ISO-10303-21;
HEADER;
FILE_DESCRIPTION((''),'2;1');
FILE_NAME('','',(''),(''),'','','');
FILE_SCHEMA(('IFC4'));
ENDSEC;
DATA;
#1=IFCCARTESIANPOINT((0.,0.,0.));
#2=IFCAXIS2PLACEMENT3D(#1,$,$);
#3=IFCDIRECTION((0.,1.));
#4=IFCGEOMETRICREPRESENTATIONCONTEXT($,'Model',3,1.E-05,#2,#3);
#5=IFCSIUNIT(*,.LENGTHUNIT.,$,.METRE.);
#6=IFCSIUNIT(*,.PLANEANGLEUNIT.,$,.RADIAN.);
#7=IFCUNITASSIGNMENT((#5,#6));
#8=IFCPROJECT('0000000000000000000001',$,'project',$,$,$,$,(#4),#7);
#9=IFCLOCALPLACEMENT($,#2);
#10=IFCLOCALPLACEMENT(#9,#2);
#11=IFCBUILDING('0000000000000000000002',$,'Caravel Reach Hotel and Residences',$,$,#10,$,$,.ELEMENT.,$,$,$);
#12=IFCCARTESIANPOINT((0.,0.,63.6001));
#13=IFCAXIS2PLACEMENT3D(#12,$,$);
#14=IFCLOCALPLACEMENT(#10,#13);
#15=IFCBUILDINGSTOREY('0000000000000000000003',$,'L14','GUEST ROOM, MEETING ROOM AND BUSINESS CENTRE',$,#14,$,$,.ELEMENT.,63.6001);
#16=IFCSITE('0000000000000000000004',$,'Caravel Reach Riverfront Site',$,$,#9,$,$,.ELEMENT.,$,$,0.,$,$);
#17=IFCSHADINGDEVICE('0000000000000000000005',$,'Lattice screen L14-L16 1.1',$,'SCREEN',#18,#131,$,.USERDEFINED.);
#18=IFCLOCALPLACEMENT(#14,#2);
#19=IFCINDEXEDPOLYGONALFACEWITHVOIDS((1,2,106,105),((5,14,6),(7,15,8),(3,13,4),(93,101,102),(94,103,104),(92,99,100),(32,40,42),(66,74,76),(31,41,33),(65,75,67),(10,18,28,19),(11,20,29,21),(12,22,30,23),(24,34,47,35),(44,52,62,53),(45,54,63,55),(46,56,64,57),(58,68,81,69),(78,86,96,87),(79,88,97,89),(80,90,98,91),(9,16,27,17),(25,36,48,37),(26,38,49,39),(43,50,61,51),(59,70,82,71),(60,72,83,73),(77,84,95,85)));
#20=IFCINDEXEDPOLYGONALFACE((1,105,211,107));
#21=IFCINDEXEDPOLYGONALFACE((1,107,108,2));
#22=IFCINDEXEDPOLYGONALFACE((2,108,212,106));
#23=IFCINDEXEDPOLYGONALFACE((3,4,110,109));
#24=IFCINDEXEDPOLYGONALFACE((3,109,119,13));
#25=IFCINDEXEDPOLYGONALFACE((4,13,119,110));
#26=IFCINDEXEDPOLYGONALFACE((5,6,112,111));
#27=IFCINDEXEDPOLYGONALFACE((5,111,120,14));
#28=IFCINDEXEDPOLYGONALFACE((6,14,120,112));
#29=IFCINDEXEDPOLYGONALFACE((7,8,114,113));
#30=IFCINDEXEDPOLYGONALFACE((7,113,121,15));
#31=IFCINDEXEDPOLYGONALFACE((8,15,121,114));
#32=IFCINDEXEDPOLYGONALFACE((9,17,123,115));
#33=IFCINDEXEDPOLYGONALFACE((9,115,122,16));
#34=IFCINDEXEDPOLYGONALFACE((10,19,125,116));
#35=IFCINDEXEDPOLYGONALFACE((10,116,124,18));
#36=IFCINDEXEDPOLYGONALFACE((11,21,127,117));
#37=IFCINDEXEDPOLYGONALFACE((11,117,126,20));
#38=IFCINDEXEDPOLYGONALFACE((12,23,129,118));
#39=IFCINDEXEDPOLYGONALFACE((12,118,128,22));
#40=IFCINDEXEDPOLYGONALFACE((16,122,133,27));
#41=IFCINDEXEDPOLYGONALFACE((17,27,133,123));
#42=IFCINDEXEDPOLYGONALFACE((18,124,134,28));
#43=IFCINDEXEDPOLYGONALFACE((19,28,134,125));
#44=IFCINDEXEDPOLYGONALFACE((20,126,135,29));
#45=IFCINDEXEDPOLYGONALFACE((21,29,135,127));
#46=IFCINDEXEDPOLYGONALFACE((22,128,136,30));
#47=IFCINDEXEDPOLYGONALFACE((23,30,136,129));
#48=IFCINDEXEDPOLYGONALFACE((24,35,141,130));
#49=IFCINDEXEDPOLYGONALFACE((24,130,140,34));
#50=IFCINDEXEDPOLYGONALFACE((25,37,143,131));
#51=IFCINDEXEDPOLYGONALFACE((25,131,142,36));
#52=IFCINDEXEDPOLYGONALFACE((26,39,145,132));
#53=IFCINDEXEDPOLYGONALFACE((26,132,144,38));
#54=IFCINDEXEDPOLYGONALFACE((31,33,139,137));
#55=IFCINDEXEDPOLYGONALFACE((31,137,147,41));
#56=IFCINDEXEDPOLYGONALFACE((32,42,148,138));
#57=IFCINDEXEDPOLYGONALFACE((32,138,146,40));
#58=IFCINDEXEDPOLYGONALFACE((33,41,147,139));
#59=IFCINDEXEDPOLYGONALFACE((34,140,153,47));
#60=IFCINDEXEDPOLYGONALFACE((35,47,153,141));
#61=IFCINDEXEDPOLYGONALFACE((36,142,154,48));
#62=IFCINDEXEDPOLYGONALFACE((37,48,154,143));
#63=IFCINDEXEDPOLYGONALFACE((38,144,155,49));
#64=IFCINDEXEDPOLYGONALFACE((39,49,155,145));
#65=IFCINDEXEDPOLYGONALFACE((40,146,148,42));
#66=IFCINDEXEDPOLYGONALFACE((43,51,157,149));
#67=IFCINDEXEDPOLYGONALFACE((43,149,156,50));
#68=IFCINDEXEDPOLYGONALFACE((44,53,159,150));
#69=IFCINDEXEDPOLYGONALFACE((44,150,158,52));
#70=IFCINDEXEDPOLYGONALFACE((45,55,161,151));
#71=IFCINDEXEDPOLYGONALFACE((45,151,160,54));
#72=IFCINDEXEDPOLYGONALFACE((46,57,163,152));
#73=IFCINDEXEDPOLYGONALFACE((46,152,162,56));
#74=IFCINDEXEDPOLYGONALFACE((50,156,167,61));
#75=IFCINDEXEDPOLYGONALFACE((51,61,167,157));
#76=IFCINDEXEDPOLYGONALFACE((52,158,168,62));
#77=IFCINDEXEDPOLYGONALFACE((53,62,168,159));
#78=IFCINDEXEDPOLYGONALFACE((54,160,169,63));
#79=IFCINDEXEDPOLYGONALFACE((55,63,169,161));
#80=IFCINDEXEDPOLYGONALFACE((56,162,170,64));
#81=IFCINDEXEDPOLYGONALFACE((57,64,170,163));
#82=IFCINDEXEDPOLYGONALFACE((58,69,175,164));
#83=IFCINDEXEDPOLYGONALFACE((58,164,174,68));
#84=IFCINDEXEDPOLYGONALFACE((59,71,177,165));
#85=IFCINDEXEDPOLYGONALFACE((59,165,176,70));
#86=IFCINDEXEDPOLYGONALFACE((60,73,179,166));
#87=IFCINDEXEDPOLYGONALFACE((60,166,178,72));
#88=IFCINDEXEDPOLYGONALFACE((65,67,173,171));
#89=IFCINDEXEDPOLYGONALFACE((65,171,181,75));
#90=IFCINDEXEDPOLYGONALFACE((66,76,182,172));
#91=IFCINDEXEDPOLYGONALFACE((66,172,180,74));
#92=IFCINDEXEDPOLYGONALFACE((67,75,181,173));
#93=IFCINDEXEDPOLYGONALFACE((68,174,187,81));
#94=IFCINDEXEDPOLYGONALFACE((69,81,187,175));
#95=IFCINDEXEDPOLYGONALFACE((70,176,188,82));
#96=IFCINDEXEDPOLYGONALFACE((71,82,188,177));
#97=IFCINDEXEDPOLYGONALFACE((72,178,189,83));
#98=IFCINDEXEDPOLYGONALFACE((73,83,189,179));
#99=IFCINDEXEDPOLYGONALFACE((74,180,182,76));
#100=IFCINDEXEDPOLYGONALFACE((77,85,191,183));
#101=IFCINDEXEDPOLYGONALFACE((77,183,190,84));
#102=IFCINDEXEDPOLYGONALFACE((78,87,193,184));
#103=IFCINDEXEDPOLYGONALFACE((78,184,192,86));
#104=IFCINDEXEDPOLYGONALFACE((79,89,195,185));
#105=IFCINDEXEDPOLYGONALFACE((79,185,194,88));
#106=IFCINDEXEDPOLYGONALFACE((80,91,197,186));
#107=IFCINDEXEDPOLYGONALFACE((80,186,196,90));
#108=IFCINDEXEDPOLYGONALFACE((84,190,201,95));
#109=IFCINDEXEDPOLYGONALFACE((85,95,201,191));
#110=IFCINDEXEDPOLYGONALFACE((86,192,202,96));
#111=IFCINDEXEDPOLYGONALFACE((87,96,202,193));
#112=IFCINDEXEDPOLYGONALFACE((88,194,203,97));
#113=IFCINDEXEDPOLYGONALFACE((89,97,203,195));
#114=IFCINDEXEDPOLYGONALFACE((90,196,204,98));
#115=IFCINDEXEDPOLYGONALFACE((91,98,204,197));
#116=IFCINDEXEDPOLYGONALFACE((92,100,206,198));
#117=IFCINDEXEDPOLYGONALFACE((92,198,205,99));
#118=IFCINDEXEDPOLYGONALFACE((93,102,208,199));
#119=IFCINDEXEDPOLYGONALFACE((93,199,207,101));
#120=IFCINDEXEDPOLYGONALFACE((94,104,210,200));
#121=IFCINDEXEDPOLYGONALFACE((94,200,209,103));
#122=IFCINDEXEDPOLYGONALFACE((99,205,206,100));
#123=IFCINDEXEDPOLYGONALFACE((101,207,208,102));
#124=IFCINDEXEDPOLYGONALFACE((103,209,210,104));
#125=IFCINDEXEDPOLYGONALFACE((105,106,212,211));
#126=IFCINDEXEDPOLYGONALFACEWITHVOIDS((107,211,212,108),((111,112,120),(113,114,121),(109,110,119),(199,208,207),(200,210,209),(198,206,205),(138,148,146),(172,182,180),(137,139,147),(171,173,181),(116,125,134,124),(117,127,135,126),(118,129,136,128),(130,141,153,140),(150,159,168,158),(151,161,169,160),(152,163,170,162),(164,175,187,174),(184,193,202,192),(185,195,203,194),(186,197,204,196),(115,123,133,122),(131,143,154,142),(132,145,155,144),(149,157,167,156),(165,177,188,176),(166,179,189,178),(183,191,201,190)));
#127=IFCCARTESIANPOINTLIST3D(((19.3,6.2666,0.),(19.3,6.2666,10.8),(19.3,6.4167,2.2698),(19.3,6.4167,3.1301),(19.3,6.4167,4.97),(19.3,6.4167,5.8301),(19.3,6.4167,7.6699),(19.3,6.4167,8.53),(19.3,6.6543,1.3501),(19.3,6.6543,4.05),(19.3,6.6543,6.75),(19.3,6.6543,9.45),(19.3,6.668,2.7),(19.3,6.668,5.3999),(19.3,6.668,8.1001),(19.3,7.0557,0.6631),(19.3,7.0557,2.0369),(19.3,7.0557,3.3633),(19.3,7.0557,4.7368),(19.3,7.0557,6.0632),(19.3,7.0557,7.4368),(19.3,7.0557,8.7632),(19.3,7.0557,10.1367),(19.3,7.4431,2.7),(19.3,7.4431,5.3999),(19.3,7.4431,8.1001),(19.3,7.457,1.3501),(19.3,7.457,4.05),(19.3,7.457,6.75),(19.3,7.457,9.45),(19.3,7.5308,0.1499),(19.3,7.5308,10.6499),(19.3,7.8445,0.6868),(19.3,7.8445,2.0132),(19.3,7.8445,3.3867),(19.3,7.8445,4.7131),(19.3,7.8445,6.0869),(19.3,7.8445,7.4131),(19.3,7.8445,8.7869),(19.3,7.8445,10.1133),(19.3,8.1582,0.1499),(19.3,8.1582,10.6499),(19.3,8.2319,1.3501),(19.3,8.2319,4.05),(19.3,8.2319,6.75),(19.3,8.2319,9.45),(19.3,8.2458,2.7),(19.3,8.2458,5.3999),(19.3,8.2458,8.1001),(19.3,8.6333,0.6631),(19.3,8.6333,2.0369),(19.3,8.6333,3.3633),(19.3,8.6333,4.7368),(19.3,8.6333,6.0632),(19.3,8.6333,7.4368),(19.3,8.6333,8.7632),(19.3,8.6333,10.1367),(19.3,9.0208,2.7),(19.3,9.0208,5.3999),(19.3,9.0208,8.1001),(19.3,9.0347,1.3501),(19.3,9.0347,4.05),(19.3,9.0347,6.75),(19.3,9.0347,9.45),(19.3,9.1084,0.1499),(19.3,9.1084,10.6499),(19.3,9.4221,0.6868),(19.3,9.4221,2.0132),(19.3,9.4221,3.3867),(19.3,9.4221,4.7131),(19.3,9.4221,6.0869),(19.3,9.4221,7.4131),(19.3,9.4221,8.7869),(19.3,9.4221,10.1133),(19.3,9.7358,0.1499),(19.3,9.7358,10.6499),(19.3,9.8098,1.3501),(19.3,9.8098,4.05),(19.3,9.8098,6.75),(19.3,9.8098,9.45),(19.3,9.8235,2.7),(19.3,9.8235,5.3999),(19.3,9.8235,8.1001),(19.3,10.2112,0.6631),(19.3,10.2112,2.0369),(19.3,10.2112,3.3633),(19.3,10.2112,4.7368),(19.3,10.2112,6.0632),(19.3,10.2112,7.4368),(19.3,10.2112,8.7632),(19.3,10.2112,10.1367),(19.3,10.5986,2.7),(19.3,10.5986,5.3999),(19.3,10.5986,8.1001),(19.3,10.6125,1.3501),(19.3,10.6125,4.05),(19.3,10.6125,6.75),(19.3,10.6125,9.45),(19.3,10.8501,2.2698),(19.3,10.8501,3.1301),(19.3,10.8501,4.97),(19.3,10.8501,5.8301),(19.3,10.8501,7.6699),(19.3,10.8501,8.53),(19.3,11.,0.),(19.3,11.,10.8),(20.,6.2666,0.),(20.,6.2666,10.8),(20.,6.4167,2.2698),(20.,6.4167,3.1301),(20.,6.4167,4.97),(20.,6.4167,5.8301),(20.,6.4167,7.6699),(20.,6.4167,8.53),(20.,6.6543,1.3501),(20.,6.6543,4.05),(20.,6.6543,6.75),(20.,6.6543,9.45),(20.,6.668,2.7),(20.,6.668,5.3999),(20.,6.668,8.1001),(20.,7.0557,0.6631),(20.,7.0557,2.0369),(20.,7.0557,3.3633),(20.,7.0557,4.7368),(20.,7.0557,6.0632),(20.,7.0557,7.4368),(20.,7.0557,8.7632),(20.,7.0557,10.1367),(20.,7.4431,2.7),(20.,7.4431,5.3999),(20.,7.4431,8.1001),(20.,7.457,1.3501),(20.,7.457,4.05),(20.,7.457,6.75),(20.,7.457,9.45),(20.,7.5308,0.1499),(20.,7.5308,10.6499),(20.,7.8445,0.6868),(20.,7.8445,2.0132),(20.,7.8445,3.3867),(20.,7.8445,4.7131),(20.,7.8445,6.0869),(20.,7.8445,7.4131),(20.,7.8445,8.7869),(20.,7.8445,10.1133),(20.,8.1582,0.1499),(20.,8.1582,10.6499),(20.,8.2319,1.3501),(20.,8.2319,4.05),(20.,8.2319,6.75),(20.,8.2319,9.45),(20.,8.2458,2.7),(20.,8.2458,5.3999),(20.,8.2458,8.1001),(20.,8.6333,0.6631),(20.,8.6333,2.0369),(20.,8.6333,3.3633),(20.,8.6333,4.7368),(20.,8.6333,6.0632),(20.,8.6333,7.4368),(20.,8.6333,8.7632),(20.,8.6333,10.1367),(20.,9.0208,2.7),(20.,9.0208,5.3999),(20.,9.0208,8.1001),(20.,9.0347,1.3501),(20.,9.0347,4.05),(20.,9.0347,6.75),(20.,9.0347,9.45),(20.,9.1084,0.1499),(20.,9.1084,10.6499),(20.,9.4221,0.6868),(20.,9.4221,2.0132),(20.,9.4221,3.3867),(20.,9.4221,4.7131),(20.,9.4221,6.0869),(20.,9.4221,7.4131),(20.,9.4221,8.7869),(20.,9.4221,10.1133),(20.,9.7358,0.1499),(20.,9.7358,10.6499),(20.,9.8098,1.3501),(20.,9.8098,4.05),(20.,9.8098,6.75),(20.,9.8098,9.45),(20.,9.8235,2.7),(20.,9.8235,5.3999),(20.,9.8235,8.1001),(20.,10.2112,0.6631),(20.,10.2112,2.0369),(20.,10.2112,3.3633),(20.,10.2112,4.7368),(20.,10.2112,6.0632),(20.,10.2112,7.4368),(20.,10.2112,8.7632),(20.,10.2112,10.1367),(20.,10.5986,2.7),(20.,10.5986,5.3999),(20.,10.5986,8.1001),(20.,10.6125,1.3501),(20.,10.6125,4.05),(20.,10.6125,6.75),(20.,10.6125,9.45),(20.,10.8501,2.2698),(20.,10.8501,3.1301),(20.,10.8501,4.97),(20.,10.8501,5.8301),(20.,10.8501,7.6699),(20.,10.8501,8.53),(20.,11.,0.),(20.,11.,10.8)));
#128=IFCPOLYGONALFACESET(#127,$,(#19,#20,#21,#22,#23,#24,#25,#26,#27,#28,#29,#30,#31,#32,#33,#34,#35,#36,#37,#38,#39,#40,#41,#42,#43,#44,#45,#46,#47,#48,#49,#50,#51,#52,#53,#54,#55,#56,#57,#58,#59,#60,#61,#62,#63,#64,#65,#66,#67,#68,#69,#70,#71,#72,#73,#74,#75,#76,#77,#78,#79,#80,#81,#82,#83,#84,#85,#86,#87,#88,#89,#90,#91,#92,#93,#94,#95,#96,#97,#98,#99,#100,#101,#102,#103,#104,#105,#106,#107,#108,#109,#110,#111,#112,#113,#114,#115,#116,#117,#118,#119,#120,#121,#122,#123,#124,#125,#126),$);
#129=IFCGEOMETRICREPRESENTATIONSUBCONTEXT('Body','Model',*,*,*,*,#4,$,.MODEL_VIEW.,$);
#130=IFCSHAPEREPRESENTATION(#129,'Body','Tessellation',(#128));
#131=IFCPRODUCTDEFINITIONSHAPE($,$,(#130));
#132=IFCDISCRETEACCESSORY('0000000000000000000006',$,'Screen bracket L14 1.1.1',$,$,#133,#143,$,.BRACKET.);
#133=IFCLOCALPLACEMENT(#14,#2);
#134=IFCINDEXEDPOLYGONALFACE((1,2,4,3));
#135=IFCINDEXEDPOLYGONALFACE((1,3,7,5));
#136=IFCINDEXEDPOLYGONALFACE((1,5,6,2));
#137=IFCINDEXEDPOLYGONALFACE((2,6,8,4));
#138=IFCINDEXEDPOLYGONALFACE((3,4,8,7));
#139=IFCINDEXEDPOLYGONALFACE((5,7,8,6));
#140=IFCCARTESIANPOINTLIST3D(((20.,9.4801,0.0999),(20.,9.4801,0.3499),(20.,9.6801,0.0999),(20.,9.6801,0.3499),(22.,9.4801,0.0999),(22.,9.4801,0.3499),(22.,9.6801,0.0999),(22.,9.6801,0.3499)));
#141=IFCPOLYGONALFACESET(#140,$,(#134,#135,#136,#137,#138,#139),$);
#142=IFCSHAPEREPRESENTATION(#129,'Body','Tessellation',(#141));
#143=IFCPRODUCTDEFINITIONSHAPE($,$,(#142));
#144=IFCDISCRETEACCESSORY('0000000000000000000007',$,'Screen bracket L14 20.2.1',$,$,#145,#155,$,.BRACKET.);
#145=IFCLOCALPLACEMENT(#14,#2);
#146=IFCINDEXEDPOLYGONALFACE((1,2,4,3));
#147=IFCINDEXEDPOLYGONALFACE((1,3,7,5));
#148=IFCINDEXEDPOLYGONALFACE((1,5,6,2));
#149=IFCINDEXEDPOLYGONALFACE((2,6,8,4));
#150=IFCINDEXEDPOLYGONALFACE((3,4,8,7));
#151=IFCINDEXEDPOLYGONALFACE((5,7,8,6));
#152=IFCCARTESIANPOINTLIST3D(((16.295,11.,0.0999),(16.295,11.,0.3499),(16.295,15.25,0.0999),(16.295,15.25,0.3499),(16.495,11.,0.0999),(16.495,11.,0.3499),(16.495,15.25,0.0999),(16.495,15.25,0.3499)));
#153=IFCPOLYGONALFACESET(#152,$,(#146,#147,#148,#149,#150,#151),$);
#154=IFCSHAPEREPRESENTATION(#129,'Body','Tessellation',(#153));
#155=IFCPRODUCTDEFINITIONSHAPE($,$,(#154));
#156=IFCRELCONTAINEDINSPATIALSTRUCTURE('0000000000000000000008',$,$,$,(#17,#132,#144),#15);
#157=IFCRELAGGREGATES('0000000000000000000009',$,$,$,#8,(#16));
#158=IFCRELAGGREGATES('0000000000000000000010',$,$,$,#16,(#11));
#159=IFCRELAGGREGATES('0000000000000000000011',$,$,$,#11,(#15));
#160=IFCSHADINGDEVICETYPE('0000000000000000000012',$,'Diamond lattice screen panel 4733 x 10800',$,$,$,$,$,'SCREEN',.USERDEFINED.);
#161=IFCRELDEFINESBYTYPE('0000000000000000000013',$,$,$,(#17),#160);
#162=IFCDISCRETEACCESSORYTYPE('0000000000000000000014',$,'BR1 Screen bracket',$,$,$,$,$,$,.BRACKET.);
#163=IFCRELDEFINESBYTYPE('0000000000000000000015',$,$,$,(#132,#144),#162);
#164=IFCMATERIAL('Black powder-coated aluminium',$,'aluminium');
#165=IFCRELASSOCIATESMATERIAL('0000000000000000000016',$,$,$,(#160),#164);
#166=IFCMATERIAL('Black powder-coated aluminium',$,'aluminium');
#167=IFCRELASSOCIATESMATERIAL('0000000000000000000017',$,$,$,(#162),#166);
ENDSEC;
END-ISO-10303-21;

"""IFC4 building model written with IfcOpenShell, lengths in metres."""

from ifc_helpers import new_model, si_unit, direction, frame, origin, origin_2d, place, context, subcontext, project, spatial, polyline, rectangle, outline, extrude, material, type_object, element, save


model = new_model("IFC4")

# Units and contexts
model_context = context("Model", 3, precision=1e-05, world=origin(), true_north=direction((0.0, 1.0)))
body_context = subcontext(model_context, "Body", "Model", "MODEL_VIEW")
ifc_project = project(units=[si_unit("LENGTHUNIT", "METRE"), si_unit("PLANEANGLEUNIT", "RADIAN")], contexts=[model_context])

# Site, building, storey
site_placement = place(None, origin())
site = spatial("IfcSite", under=ifc_project, at=site_placement, Name="Caravel Reach Riverfront Site", CompositionType="ELEMENT", RefElevation=0.0)
building_placement = place(site_placement, origin())
building = spatial("IfcBuilding", under=site, at=building_placement, Name="Caravel Reach Hotel and Residences", CompositionType="ELEMENT")
storey_placement = place(building_placement, frame((0.0, 0.0, 63.6001)))
storey = spatial("IfcBuildingStorey", under=building, at=storey_placement, Name="L14", Description="GUEST ROOM, MEETING ROOM AND BUSINESS CENTRE", CompositionType="ELEMENT", Elevation=63.6001)

# Shading device
ifc_material_1 = material(Name="Black powder-coated aluminium", Category="aluminium")
shading_device_type = type_object("IfcShadingDeviceType", Name="Diamond lattice screen panel 4733 x 10800", ElementType="SCREEN", PredefinedType="USERDEFINED", material=ifc_material_1)
shading_device_placement = place(storey_placement, frame((20.0, 11.0, 0.0), z_axis=(-1.0, 0.0, 0.0), x_axis=(0.0, -1.0, 0.0)))
element("IfcShadingDevice", 1, at=shading_device_placement, inside=storey, type_object=shading_device_type, Name="Lattice screen L14-L16 1.1", ObjectType="SCREEN", PredefinedType="USERDEFINED", context=body_context, shape_type="SweptSolid", body=[
    extrude(outline(polyline([(0.0, 0.0), (4.7334, 0.0), (4.7334, 10.8), (0.0, 10.8), (0.0, 0.0)]), holes=[polyline([(0.4014, 2.7), (0.1499, 3.1301), (0.1499, 2.2698), (0.4014, 2.7)]), polyline([(0.4014, 5.3999), (0.1499, 5.8301), (0.1499, 4.97), (0.4014, 5.3999)]), polyline([(0.4014, 8.1001), (0.1499, 8.53), (0.1499, 7.6699), (0.4014, 8.1001)]), polyline([(0.7888, 2.0369), (0.3875, 1.3501), (0.7888, 0.6631), (1.1902, 1.3501), (0.7888, 2.0369)]), polyline([(0.7888, 4.7368), (0.3875, 4.05), (0.7888, 3.3633), (1.1902, 4.05), (0.7888, 4.7368)]), polyline([(0.7888, 7.4368), (0.3875, 6.75), (0.7888, 6.0632), (1.1902, 6.75), (0.7888, 7.4368)]), polyline([(0.7888, 10.1367), (0.3875, 9.45), (0.7888, 8.7632), (1.1902, 9.45), (0.7888, 10.1367)]), polyline([(1.5779, 0.6868), (1.2642, 0.1499), (1.8916, 0.1499), (1.5779, 0.6868)]), polyline([(1.5779, 3.3867), (1.1765, 2.7), (1.5779, 2.0132), (1.9792, 2.7), (1.5779, 3.3867)]), polyline([(1.5779, 6.0869), (1.1765, 5.3999), (1.5779, 4.7131), (1.9792, 5.3999), (1.5779, 6.0869)]), polyline([(1.5779, 8.7869), (1.1765, 8.1001), (1.5779, 7.4131), (1.9792, 8.1001), (1.5779, 8.7869)]), polyline([(1.5779, 10.1133), (1.8916, 10.6499), (1.2642, 10.6499), (1.5779, 10.1133)]), polyline([(2.3667, 2.0369), (1.9653, 1.3501), (2.3667, 0.6631), (2.7681, 1.3501), (2.3667, 2.0369)]), polyline([(2.3667, 4.7368), (1.9653, 4.05), (2.3667, 3.3633), (2.7681, 4.05), (2.3667, 4.7368)]), polyline([(2.3667, 7.4368), (1.9653, 6.75), (2.3667, 6.0632), (2.7681, 6.75), (2.3667, 7.4368)]), polyline([(2.3667, 10.1367), (1.9653, 9.45), (2.3667, 8.7632), (2.7681, 9.45), (2.3667, 10.1367)]), polyline([(3.1555, 0.6868), (2.8418, 0.1499), (3.4692, 0.1499), (3.1555, 0.6868)]), polyline([(3.1555, 3.3867), (2.7542, 2.7), (3.1555, 2.0132), (3.5569, 2.7), (3.1555, 3.3867)]), polyline([(3.1555, 6.0869), (2.7542, 5.3999), (3.1555, 4.7131), (3.5569, 5.3999), (3.1555, 6.0869)]), polyline([(3.1555, 8.7869), (2.7542, 8.1001), (3.1555, 7.4131), (3.5569, 8.1001), (3.1555, 8.7869)]), polyline([(3.1555, 10.1133), (3.4692, 10.6499), (2.8418, 10.6499), (3.1555, 10.1133)]), polyline([(3.9443, 2.0369), (3.543, 1.3501), (3.9443, 0.6631), (4.3457, 1.3501), (3.9443, 2.0369)]), polyline([(3.9443, 4.7368), (3.543, 4.05), (3.9443, 3.3633), (4.3457, 4.05), (3.9443, 4.7368)]), polyline([(3.9443, 7.4368), (3.543, 6.75), (3.9443, 6.0632), (4.3457, 6.75), (3.9443, 7.4368)]), polyline([(3.9443, 10.1367), (3.543, 9.45), (3.9443, 8.7632), (4.3457, 9.45), (3.9443, 10.1367)]), polyline([(4.332, 2.7), (4.5833, 2.2698), (4.5833, 3.1301), (4.332, 2.7)]), polyline([(4.332, 5.3999), (4.5833, 4.97), (4.5833, 5.8301), (4.332, 5.3999)]), polyline([(4.332, 8.1001), (4.5833, 7.6699), (4.5833, 8.53), (4.332, 8.1001)])]), origin(), (0.0, 0.0, 1.0), 0.7),
])

# Discrete accessories
ifc_material_2 = material(Name="Black powder-coated aluminium", Category="aluminium")
discrete_accessory_type = type_object("IfcDiscreteAccessoryType", Name="BR1 Screen bracket", PredefinedType="BRACKET", material=ifc_material_2)
discrete_accessory_1_placement = place(storey_placement, frame((21.0, 9.5801, 0.0999), z_axis=(0.0, 0.0, 1.0), x_axis=(-1.0, 0.0, 0.0)))
element("IfcDiscreteAccessory", 2, at=discrete_accessory_1_placement, inside=storey, type_object=discrete_accessory_type, Name="Screen bracket L14 1.1.1", PredefinedType="BRACKET", context=body_context, shape_type="SweptSolid", body=[
    extrude(rectangle(XDim=2.0, YDim=0.2, at=origin_2d()), origin(), (0.0, 0.0, 1.0), 0.25),
])
discrete_accessory_2_placement = place(storey_placement, frame((16.395, 13.125, 0.0999), z_axis=(0.0, 0.0, 1.0), x_axis=(0.0, -1.0, 0.0)))
element("IfcDiscreteAccessory", 3, at=discrete_accessory_2_placement, inside=storey, type_object=discrete_accessory_type, Name="Screen bracket L14 20.2.1", PredefinedType="BRACKET", context=body_context, shape_type="SweptSolid", body=[
    extrude(rectangle(XDim=4.25, YDim=0.2, at=origin_2d()), origin(), (0.0, 0.0, 1.0), 0.25),
])

save(model, "model.ifc")
